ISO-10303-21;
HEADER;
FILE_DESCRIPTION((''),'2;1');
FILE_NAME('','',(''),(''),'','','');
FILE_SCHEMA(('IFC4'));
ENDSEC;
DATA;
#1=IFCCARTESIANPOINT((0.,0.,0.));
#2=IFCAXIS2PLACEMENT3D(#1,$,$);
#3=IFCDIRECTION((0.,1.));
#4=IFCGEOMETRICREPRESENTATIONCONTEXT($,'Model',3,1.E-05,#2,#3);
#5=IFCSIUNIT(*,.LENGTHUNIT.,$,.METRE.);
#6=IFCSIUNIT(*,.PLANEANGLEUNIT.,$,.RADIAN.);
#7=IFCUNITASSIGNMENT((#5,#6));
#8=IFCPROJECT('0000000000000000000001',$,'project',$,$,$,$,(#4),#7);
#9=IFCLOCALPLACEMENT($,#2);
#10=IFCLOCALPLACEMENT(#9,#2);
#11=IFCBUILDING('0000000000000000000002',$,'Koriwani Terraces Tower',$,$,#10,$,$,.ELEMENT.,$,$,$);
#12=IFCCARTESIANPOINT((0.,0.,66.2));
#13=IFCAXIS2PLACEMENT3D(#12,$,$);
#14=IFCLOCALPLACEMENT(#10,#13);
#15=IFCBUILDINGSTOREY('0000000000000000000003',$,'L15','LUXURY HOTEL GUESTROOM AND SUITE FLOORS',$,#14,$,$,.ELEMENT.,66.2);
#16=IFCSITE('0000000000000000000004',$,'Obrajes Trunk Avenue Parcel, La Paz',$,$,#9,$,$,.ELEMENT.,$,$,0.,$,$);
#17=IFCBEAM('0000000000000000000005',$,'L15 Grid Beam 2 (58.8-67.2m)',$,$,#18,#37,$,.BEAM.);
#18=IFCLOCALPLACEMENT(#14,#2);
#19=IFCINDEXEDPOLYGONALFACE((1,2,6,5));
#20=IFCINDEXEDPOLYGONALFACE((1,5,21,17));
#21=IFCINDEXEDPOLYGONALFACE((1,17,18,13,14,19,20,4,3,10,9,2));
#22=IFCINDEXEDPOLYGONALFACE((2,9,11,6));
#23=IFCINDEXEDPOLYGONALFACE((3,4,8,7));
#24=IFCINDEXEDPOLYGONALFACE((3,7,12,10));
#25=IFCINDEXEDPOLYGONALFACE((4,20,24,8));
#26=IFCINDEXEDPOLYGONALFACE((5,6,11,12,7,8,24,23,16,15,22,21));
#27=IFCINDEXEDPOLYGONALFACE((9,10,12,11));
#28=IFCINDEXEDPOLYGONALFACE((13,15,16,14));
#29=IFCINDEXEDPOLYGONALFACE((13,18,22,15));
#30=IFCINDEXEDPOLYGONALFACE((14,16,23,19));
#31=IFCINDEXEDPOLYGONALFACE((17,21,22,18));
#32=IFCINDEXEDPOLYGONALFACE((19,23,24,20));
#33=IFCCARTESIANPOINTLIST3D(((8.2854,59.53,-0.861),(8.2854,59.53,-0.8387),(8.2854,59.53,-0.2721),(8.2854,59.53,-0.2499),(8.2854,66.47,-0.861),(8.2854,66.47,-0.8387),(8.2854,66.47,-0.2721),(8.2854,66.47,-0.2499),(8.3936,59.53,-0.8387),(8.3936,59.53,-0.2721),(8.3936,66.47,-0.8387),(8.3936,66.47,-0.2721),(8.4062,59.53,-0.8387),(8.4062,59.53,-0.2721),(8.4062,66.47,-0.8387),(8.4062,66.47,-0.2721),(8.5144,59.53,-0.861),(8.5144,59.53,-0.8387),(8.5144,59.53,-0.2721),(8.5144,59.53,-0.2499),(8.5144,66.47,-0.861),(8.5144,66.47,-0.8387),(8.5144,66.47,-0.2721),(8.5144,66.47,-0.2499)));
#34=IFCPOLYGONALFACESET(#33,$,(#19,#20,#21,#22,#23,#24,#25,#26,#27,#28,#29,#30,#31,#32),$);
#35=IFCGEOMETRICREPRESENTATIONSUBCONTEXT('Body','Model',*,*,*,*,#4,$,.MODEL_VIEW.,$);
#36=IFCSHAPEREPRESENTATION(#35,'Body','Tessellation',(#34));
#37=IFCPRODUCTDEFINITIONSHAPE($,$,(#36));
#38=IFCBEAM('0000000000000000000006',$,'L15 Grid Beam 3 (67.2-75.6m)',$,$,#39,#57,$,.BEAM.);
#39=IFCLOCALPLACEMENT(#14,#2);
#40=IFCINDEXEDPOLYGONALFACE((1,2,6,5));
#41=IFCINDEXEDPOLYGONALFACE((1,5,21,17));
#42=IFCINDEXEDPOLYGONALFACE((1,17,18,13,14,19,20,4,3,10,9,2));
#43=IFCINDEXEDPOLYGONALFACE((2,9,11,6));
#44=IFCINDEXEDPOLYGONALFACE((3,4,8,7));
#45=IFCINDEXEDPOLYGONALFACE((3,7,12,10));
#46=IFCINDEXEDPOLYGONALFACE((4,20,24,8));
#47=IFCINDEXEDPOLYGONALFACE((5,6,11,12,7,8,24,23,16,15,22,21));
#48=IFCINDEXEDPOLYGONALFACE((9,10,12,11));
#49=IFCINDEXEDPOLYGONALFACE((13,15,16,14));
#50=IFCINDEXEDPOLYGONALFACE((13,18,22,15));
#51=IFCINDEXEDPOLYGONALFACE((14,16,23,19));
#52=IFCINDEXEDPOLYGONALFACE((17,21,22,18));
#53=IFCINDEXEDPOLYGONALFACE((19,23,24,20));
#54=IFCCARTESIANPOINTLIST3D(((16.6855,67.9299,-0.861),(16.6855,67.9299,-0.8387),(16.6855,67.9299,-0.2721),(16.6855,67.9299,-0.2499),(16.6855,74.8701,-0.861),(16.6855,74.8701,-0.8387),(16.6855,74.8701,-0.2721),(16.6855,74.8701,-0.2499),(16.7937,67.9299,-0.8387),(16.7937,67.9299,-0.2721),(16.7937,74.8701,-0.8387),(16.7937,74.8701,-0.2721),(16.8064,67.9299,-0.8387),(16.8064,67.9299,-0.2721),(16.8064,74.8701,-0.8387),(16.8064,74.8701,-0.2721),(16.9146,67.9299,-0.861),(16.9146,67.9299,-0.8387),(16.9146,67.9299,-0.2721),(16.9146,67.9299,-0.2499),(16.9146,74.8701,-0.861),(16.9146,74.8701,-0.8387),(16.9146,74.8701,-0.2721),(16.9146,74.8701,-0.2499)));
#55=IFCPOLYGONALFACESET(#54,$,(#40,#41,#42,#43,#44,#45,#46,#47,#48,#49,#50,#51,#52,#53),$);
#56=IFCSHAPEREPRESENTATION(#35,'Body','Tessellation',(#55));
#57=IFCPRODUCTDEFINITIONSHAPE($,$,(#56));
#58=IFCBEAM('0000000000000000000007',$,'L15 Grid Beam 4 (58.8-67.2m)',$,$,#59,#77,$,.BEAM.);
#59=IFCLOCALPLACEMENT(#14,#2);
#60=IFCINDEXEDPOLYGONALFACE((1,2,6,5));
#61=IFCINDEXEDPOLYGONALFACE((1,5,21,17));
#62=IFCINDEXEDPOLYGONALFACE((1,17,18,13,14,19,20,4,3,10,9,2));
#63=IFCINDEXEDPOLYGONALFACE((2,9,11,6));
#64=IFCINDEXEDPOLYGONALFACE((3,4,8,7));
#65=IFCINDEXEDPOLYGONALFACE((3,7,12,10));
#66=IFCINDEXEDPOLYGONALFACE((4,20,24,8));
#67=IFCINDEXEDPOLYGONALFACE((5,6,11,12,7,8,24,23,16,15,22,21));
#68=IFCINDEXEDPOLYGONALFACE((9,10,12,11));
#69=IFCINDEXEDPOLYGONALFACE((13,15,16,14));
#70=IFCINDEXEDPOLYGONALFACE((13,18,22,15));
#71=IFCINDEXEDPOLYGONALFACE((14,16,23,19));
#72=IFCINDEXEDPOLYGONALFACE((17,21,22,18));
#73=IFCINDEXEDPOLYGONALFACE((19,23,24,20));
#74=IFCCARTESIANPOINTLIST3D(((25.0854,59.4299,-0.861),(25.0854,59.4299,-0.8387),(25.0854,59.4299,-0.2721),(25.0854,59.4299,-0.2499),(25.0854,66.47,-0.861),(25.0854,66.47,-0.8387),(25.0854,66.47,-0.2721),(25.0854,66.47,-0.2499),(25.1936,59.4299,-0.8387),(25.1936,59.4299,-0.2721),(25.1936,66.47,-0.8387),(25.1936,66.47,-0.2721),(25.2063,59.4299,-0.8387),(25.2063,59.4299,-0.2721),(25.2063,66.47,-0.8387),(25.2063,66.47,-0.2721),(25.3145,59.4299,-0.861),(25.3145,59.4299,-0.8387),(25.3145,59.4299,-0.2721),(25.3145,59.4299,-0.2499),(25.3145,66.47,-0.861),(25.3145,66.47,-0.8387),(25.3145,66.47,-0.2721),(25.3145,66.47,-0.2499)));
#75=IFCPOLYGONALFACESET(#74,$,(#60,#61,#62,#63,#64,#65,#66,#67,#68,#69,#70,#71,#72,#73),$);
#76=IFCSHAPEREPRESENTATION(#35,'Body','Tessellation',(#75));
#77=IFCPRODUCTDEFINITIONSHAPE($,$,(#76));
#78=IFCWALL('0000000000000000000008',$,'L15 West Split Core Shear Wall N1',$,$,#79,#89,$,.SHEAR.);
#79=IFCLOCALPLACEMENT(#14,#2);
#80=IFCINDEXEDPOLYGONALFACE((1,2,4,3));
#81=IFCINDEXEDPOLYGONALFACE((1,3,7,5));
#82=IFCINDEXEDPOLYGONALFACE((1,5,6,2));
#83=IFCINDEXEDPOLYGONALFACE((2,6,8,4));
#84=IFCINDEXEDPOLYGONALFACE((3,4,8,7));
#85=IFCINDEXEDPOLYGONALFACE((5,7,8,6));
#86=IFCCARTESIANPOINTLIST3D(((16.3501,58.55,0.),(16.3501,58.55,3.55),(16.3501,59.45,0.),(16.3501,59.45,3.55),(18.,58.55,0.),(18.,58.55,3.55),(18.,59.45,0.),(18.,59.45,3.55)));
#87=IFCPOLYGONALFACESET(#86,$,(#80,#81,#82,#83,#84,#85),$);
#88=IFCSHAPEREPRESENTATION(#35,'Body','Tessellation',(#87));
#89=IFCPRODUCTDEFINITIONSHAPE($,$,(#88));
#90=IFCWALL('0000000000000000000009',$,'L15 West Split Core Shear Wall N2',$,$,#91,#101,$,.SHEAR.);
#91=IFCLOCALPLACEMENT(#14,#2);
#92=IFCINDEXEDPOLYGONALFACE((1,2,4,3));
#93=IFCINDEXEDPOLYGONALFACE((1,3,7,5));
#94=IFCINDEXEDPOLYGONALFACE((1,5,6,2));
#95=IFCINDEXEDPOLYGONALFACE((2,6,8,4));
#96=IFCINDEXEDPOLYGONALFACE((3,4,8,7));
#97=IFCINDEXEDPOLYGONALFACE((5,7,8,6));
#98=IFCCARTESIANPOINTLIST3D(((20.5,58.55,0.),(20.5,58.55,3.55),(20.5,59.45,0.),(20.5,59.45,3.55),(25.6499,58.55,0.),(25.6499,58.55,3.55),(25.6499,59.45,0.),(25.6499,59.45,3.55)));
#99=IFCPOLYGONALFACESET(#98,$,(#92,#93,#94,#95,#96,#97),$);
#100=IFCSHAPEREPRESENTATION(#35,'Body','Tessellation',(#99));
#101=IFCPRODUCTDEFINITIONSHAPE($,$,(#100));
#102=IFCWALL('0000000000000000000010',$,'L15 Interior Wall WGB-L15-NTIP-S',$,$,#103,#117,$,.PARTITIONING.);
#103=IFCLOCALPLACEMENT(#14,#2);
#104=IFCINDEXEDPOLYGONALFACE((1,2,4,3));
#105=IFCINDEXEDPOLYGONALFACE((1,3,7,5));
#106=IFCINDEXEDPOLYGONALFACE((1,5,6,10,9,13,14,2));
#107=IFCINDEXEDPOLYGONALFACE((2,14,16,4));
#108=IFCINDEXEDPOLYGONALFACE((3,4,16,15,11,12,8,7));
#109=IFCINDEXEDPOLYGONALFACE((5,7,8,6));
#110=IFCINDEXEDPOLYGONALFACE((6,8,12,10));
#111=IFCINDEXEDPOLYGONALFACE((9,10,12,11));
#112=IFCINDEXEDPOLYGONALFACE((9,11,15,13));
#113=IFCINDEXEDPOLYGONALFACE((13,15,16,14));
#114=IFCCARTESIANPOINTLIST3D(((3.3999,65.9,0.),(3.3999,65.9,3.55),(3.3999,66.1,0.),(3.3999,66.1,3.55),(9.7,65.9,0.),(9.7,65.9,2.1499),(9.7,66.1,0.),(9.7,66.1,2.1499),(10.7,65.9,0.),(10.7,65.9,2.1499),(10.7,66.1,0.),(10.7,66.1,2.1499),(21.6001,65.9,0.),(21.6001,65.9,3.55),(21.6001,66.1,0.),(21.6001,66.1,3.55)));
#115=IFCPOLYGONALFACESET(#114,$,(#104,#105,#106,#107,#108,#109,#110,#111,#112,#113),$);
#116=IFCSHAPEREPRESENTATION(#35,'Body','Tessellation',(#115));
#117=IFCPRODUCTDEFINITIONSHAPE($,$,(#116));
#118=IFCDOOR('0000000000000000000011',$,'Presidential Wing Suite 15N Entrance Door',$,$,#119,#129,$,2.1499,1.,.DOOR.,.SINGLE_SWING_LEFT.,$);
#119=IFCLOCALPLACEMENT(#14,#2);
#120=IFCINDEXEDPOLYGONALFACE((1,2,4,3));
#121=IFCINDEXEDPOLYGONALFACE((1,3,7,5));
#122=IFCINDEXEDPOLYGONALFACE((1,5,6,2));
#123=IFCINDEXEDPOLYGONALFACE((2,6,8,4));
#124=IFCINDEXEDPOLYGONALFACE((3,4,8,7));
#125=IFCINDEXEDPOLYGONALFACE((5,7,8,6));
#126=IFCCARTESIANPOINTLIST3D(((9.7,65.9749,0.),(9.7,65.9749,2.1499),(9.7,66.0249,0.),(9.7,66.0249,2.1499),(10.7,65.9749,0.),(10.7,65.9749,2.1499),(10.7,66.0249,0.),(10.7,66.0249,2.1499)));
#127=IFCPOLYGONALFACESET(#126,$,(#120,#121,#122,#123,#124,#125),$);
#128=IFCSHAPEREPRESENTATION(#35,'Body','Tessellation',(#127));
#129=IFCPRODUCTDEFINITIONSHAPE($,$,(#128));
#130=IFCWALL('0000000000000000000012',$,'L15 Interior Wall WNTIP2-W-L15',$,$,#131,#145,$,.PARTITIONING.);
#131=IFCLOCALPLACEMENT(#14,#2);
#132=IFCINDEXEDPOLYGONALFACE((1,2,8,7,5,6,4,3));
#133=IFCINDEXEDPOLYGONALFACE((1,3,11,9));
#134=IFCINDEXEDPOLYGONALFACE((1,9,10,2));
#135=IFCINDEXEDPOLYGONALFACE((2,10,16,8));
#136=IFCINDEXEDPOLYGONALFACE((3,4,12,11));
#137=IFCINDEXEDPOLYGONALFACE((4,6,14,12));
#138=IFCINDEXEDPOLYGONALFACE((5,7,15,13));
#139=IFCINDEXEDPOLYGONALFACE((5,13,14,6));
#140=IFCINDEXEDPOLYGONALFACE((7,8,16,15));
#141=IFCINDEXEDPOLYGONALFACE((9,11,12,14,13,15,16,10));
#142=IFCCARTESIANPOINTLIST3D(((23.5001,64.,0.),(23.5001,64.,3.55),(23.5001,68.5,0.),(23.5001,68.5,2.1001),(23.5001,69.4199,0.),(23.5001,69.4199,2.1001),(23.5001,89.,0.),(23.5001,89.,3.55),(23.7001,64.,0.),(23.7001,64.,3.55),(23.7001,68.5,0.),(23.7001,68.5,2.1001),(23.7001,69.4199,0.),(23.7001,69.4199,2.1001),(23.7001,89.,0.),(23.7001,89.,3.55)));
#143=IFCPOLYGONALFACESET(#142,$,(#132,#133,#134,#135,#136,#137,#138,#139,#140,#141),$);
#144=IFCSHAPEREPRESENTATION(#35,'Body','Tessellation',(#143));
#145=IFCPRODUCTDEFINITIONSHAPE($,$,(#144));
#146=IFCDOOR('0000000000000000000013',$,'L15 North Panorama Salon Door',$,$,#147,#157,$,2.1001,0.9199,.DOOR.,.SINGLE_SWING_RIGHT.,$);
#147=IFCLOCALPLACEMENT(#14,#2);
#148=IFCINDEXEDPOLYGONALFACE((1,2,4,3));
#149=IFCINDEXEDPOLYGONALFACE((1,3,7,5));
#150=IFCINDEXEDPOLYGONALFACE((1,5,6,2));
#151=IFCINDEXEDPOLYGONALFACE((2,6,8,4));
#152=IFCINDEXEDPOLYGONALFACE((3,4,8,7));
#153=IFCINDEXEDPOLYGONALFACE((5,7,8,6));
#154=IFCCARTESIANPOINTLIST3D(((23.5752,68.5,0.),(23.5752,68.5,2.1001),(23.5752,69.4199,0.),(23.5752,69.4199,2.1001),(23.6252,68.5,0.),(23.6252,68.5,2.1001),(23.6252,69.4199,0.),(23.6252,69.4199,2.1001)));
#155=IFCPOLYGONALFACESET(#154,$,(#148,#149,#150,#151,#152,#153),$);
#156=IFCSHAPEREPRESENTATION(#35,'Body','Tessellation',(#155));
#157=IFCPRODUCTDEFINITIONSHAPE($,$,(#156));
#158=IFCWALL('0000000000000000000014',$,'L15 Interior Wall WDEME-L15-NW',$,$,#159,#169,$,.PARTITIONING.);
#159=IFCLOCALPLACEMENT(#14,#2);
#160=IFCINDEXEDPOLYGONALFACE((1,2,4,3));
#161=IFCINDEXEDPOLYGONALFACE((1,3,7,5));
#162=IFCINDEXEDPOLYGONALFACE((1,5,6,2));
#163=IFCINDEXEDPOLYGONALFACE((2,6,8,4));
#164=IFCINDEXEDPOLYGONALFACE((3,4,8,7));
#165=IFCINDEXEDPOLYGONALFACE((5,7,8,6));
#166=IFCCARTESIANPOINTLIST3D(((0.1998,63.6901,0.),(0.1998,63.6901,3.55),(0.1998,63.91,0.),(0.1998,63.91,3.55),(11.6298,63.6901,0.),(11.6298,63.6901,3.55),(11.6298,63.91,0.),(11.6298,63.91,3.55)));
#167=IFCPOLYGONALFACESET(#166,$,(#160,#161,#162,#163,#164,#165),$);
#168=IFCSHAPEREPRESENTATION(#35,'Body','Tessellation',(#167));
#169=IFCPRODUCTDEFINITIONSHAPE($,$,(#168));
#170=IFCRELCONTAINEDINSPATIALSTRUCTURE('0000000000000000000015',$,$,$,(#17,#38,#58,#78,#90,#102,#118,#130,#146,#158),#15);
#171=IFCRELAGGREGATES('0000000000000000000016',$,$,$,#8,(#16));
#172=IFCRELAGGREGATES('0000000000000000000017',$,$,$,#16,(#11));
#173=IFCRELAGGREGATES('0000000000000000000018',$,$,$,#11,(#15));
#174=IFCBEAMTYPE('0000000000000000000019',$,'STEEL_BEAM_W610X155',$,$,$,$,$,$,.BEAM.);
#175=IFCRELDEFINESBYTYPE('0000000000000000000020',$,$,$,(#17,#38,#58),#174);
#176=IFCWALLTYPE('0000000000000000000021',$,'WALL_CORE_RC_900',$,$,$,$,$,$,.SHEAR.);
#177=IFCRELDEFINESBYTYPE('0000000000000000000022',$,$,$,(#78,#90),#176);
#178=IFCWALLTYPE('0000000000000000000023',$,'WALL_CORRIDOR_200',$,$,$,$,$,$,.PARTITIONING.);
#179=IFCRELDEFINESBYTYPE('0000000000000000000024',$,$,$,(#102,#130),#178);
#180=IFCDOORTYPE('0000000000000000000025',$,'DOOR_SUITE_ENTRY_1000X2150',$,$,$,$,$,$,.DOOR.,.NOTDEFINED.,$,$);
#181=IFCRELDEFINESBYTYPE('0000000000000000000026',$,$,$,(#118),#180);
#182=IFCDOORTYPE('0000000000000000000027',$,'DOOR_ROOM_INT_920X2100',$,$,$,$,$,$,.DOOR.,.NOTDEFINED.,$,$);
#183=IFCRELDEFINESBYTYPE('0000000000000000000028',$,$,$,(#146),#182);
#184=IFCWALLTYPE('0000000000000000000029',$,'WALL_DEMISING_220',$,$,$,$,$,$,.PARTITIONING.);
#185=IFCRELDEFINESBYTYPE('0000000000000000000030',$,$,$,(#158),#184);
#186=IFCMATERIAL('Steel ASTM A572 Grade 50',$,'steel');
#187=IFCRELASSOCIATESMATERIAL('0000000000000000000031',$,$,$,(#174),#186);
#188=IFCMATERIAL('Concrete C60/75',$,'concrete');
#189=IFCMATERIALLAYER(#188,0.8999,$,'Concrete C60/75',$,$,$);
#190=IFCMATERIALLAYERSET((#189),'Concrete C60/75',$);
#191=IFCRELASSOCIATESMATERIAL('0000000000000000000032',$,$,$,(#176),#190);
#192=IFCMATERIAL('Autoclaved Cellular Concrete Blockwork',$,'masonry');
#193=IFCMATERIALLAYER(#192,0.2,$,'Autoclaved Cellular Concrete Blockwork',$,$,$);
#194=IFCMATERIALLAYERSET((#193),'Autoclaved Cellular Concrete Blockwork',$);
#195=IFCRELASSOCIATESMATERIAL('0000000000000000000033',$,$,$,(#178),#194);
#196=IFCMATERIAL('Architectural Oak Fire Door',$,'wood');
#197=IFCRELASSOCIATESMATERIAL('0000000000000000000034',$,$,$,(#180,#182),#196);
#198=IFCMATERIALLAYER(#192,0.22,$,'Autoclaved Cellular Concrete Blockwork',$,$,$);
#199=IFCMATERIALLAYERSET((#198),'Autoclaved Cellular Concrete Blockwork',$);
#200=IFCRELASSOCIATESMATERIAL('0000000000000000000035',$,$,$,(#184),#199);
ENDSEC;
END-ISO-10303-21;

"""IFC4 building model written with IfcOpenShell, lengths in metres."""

from ifc_helpers import new_model, si_unit, direction, frame, frame_2d, origin, origin_2d, place, context, subcontext, project, spatial, rectangle, i_section, extrude, material, layer, layer_set, material_profile, profile_set, type_object, element, fill, save


model = new_model("IFC4")

# Units and contexts
model_context = context("Model", 3, precision=1e-05, world=origin(), true_north=direction((0.0, 1.0)))
body_context = subcontext(model_context, "Body", "Model", "MODEL_VIEW")
ifc_project = project(units=[si_unit("LENGTHUNIT", "METRE"), si_unit("PLANEANGLEUNIT", "RADIAN")], contexts=[model_context])

# Site, building, storey
site_placement = place(None, origin())
site = spatial("IfcSite", under=ifc_project, at=site_placement, Name="Obrajes Trunk Avenue Parcel, La Paz", CompositionType="ELEMENT", RefElevation=0.0)
building_placement = place(site_placement, origin())
building = spatial("IfcBuilding", under=site, at=building_placement, Name="Koriwani Terraces Tower", CompositionType="ELEMENT")
storey_placement = place(building_placement, frame((0.0, 0.0, 66.2)))
storey = spatial("IfcBuildingStorey", under=building, at=storey_placement, Name="L15", Description="LUXURY HOTEL GUESTROOM AND SUITE FLOORS", CompositionType="ELEMENT", Elevation=66.2)

# Shared definitions
ifc_material_1 = material(Name="Concrete C60/75", Category="concrete")

# Beams
ifc_material_2 = material(Name="Steel ASTM A572 Grade 50", Category="steel")
ifc_material_profile_1 = material_profile(ifc_material_2, i_section(OverallWidth=0.229, OverallDepth=0.6111, WebThickness=0.0127, FlangeThickness=0.0222, at=origin_2d()), Name="Steel ASTM A572 Grade 50", Category="LoadBearing")
ifc_profile_set_1 = profile_set([ifc_material_profile_1], Name="Steel ASTM A572 Grade 50")
beam_type_1 = type_object("IfcBeamType", Name="STEEL_BEAM_W610X155", PredefinedType="BEAM", material=ifc_profile_set_1)
beam_1_placement = place(storey_placement, frame((8.3999, 59.53, -0.5554), z_axis=(0.0, 1.0, 0.0), x_axis=(-1.0, 0.0, 0.0)))
element("IfcBeam", 1, at=beam_1_placement, inside=storey, type_object=beam_type_1, Name="L15 Grid Beam 2 (58.8-67.2m)", PredefinedType="BEAM", context=body_context, shape_type="SweptSolid", body=[
    extrude(i_section(OverallWidth=0.229, OverallDepth=0.6111, WebThickness=0.0127, FlangeThickness=0.0222, at=origin_2d()), origin(), (0.0, 0.0, 1.0), 6.9399),
])
beam_2_placement = place(storey_placement, frame((16.8, 67.9299, -0.5554), z_axis=(0.0, 1.0, 0.0), x_axis=(-1.0, 0.0, 0.0)))
element("IfcBeam", 2, at=beam_2_placement, inside=storey, type_object=beam_type_1, Name="L15 Grid Beam 3 (67.2-75.6m)", PredefinedType="BEAM", context=body_context, shape_type="SweptSolid", body=[
    extrude(i_section(OverallWidth=0.229, OverallDepth=0.6111, WebThickness=0.0127, FlangeThickness=0.0222, at=origin_2d()), origin(), (0.0, 0.0, 1.0), 6.9402),
])
beam_3_placement = place(storey_placement, frame((25.2, 59.4299, -0.5554), z_axis=(0.0, 1.0, 0.0), x_axis=(-1.0, 0.0, 0.0)))
element("IfcBeam", 3, at=beam_3_placement, inside=storey, type_object=beam_type_1, Name="L15 Grid Beam 4 (58.8-67.2m)", PredefinedType="BEAM", context=body_context, shape_type="SweptSolid", body=[
    extrude(i_section(OverallWidth=0.229, OverallDepth=0.6111, WebThickness=0.0127, FlangeThickness=0.0222, at=origin_2d()), origin(), (0.0, 0.0, 1.0), 7.04),
])

# Walls
ifc_layer_1 = layer(ifc_material_1, 0.8999, Name="Concrete C60/75")
ifc_layer_set_1 = layer_set([ifc_layer_1], Name="Concrete C60/75")
wall_type_1 = type_object("IfcWallType", Name="WALL_CORE_RC_900", PredefinedType="SHEAR", material=ifc_layer_set_1)
wall_1_placement = place(storey_placement, frame((16.3501, 59.0, 0.0), z_axis=(0.0, 0.0, 1.0), x_axis=(1.0, 0.0, 0.0)))
element("IfcWall", 4, at=wall_1_placement, inside=storey, type_object=wall_type_1, Name="L15 West Split Core Shear Wall N1", PredefinedType="SHEAR", context=body_context, shape_type="SweptSolid", body=[
    extrude(rectangle(XDim=1.6499, YDim=0.8999, at=frame_2d((0.825, 0.0))), origin(), (0.0, 0.0, 1.0), 3.55),
])
wall_2_placement = place(storey_placement, frame((20.5, 59.0, 0.0), z_axis=(0.0, 0.0, 1.0), x_axis=(1.0, 0.0, 0.0)))
element("IfcWall", 5, at=wall_2_placement, inside=storey, type_object=wall_type_1, Name="L15 West Split Core Shear Wall N2", PredefinedType="SHEAR", context=body_context, shape_type="SweptSolid", body=[
    extrude(rectangle(XDim=5.1499, YDim=0.8999, at=frame_2d((2.575, 0.0))), origin(), (0.0, 0.0, 1.0), 3.55),
])

# Walls, openings, doors
ifc_material_3 = material(Name="Autoclaved Cellular Concrete Blockwork", Category="masonry")
ifc_layer_2 = layer(ifc_material_3, 0.2, Name="Autoclaved Cellular Concrete Blockwork")
ifc_layer_set_2 = layer_set([ifc_layer_2], Name="Autoclaved Cellular Concrete Blockwork")
wall_type_2 = type_object("IfcWallType", Name="WALL_CORRIDOR_200", PredefinedType="PARTITIONING", material=ifc_layer_set_2)
wall_3_placement = place(storey_placement, frame((3.3999, 66.0, 0.0), z_axis=(0.0, 0.0, 1.0), x_axis=(1.0, 0.0, 0.0)))
wall_3 = element("IfcWall", 6, at=wall_3_placement, inside=storey, type_object=wall_type_2, Name="L15 Interior Wall WGB-L15-NTIP-S", PredefinedType="PARTITIONING", context=body_context, shape_type="SweptSolid", body=[
    extrude(rectangle(XDim=18.2002, YDim=0.2, at=frame_2d((9.1001, 0.0))), origin(), (0.0, 0.0, 1.0), 3.55),
])
opening_1_placement = place(wall_3_placement, frame((6.3, 0.0, 0.0)))
opening_1 = element("IfcOpeningElement", 7, at=opening_1_placement, cuts=wall_3, PredefinedType="OPENING", context=body_context, shape_type="SweptSolid", body=[
    extrude(rectangle(XDim=1.0, YDim=2.1499, at=frame_2d((0.5, 1.075))), frame((0.0, 0.1099, 0.0), z_axis=(0.0, -1.0, 0.0), x_axis=(1.0, 0.0, 0.0)), (0.0, 0.0, 1.0), 0.22),
])
ifc_material_4 = material(Name="Architectural Oak Fire Door", Category="wood")
door_type_1 = type_object("IfcDoorType", Name="DOOR_SUITE_ENTRY_1000X2150", OperationType="NOTDEFINED", PredefinedType="DOOR", material=ifc_material_4)
door_1_placement = place(opening_1_placement, origin())
door_1 = element("IfcDoor", 8, at=door_1_placement, inside=storey, type_object=door_type_1, Name="Presidential Wing Suite 15N Entrance Door", OperationType="SINGLE_SWING_LEFT", OverallHeight=2.1499, OverallWidth=1.0, PredefinedType="DOOR", context=body_context, shape_type="SweptSolid", body=[
    extrude(rectangle(XDim=1.0, YDim=2.1499, at=frame_2d((0.5, 1.075))), frame((0.0, 0.0249, 0.0), z_axis=(0.0, -1.0, 0.0), x_axis=(1.0, 0.0, 0.0)), (0.0, 0.0, 1.0), 0.05),
])
fill(opening_1, door_1)
wall_4_placement = place(storey_placement, frame((23.6001, 64.0, 0.0), z_axis=(0.0, 0.0, 1.0), x_axis=(0.0, 1.0, 0.0)))
wall_4 = element("IfcWall", 9, at=wall_4_placement, inside=storey, type_object=wall_type_2, Name="L15 Interior Wall WNTIP2-W-L15", PredefinedType="PARTITIONING", context=body_context, shape_type="SweptSolid", body=[
    extrude(rectangle(XDim=25.0, YDim=0.2, at=frame_2d((12.5, 0.0))), origin(), (0.0, 0.0, 1.0), 3.55),
])
opening_2_placement = place(wall_4_placement, frame((4.5, 0.0, 0.0)))
opening_2 = element("IfcOpeningElement", 10, at=opening_2_placement, cuts=wall_4, PredefinedType="OPENING", context=body_context, shape_type="SweptSolid", body=[
    extrude(rectangle(XDim=0.9199, YDim=2.1001, at=frame_2d((0.46, 1.05))), frame((0.0, 0.1099, 0.0), z_axis=(0.0, -1.0, 0.0), x_axis=(1.0, 0.0, 0.0)), (0.0, 0.0, 1.0), 0.22),
])
door_type_2 = type_object("IfcDoorType", Name="DOOR_ROOM_INT_920X2100", OperationType="NOTDEFINED", PredefinedType="DOOR", material=ifc_material_4)
door_2_placement = place(opening_2_placement, origin())
door_2 = element("IfcDoor", 11, at=door_2_placement, inside=storey, type_object=door_type_2, Name="L15 North Panorama Salon Door", OperationType="SINGLE_SWING_RIGHT", OverallHeight=2.1001, OverallWidth=0.9199, PredefinedType="DOOR", context=body_context, shape_type="SweptSolid", body=[
    extrude(rectangle(XDim=0.9199, YDim=2.1001, at=frame_2d((0.46, 1.05))), frame((0.0, 0.0249, 0.0), z_axis=(0.0, -1.0, 0.0), x_axis=(1.0, 0.0, 0.0)), (0.0, 0.0, 1.0), 0.05),
])
fill(opening_2, door_2)

# Wall
ifc_layer_3 = layer(ifc_material_3, 0.22, Name="Autoclaved Cellular Concrete Blockwork")
ifc_layer_set_3 = layer_set([ifc_layer_3], Name="Autoclaved Cellular Concrete Blockwork")
wall_type_3 = type_object("IfcWallType", Name="WALL_DEMISING_220", PredefinedType="PARTITIONING", material=ifc_layer_set_3)
wall_5_placement = place(storey_placement, frame((0.2, 63.8, 0.0), z_axis=(0.0, 0.0, 1.0), x_axis=(1.0, 0.0, 0.0)))
element("IfcWall", 12, at=wall_5_placement, inside=storey, type_object=wall_type_3, Name="L15 Interior Wall WDEME-L15-NW", PredefinedType="PARTITIONING", context=body_context, shape_type="SweptSolid", body=[
    extrude(rectangle(XDim=11.4299, YDim=0.22, at=frame_2d((5.7148, 0.0))), origin(), (0.0, 0.0, 1.0), 3.55),
])

save(model, "model.ifc")
